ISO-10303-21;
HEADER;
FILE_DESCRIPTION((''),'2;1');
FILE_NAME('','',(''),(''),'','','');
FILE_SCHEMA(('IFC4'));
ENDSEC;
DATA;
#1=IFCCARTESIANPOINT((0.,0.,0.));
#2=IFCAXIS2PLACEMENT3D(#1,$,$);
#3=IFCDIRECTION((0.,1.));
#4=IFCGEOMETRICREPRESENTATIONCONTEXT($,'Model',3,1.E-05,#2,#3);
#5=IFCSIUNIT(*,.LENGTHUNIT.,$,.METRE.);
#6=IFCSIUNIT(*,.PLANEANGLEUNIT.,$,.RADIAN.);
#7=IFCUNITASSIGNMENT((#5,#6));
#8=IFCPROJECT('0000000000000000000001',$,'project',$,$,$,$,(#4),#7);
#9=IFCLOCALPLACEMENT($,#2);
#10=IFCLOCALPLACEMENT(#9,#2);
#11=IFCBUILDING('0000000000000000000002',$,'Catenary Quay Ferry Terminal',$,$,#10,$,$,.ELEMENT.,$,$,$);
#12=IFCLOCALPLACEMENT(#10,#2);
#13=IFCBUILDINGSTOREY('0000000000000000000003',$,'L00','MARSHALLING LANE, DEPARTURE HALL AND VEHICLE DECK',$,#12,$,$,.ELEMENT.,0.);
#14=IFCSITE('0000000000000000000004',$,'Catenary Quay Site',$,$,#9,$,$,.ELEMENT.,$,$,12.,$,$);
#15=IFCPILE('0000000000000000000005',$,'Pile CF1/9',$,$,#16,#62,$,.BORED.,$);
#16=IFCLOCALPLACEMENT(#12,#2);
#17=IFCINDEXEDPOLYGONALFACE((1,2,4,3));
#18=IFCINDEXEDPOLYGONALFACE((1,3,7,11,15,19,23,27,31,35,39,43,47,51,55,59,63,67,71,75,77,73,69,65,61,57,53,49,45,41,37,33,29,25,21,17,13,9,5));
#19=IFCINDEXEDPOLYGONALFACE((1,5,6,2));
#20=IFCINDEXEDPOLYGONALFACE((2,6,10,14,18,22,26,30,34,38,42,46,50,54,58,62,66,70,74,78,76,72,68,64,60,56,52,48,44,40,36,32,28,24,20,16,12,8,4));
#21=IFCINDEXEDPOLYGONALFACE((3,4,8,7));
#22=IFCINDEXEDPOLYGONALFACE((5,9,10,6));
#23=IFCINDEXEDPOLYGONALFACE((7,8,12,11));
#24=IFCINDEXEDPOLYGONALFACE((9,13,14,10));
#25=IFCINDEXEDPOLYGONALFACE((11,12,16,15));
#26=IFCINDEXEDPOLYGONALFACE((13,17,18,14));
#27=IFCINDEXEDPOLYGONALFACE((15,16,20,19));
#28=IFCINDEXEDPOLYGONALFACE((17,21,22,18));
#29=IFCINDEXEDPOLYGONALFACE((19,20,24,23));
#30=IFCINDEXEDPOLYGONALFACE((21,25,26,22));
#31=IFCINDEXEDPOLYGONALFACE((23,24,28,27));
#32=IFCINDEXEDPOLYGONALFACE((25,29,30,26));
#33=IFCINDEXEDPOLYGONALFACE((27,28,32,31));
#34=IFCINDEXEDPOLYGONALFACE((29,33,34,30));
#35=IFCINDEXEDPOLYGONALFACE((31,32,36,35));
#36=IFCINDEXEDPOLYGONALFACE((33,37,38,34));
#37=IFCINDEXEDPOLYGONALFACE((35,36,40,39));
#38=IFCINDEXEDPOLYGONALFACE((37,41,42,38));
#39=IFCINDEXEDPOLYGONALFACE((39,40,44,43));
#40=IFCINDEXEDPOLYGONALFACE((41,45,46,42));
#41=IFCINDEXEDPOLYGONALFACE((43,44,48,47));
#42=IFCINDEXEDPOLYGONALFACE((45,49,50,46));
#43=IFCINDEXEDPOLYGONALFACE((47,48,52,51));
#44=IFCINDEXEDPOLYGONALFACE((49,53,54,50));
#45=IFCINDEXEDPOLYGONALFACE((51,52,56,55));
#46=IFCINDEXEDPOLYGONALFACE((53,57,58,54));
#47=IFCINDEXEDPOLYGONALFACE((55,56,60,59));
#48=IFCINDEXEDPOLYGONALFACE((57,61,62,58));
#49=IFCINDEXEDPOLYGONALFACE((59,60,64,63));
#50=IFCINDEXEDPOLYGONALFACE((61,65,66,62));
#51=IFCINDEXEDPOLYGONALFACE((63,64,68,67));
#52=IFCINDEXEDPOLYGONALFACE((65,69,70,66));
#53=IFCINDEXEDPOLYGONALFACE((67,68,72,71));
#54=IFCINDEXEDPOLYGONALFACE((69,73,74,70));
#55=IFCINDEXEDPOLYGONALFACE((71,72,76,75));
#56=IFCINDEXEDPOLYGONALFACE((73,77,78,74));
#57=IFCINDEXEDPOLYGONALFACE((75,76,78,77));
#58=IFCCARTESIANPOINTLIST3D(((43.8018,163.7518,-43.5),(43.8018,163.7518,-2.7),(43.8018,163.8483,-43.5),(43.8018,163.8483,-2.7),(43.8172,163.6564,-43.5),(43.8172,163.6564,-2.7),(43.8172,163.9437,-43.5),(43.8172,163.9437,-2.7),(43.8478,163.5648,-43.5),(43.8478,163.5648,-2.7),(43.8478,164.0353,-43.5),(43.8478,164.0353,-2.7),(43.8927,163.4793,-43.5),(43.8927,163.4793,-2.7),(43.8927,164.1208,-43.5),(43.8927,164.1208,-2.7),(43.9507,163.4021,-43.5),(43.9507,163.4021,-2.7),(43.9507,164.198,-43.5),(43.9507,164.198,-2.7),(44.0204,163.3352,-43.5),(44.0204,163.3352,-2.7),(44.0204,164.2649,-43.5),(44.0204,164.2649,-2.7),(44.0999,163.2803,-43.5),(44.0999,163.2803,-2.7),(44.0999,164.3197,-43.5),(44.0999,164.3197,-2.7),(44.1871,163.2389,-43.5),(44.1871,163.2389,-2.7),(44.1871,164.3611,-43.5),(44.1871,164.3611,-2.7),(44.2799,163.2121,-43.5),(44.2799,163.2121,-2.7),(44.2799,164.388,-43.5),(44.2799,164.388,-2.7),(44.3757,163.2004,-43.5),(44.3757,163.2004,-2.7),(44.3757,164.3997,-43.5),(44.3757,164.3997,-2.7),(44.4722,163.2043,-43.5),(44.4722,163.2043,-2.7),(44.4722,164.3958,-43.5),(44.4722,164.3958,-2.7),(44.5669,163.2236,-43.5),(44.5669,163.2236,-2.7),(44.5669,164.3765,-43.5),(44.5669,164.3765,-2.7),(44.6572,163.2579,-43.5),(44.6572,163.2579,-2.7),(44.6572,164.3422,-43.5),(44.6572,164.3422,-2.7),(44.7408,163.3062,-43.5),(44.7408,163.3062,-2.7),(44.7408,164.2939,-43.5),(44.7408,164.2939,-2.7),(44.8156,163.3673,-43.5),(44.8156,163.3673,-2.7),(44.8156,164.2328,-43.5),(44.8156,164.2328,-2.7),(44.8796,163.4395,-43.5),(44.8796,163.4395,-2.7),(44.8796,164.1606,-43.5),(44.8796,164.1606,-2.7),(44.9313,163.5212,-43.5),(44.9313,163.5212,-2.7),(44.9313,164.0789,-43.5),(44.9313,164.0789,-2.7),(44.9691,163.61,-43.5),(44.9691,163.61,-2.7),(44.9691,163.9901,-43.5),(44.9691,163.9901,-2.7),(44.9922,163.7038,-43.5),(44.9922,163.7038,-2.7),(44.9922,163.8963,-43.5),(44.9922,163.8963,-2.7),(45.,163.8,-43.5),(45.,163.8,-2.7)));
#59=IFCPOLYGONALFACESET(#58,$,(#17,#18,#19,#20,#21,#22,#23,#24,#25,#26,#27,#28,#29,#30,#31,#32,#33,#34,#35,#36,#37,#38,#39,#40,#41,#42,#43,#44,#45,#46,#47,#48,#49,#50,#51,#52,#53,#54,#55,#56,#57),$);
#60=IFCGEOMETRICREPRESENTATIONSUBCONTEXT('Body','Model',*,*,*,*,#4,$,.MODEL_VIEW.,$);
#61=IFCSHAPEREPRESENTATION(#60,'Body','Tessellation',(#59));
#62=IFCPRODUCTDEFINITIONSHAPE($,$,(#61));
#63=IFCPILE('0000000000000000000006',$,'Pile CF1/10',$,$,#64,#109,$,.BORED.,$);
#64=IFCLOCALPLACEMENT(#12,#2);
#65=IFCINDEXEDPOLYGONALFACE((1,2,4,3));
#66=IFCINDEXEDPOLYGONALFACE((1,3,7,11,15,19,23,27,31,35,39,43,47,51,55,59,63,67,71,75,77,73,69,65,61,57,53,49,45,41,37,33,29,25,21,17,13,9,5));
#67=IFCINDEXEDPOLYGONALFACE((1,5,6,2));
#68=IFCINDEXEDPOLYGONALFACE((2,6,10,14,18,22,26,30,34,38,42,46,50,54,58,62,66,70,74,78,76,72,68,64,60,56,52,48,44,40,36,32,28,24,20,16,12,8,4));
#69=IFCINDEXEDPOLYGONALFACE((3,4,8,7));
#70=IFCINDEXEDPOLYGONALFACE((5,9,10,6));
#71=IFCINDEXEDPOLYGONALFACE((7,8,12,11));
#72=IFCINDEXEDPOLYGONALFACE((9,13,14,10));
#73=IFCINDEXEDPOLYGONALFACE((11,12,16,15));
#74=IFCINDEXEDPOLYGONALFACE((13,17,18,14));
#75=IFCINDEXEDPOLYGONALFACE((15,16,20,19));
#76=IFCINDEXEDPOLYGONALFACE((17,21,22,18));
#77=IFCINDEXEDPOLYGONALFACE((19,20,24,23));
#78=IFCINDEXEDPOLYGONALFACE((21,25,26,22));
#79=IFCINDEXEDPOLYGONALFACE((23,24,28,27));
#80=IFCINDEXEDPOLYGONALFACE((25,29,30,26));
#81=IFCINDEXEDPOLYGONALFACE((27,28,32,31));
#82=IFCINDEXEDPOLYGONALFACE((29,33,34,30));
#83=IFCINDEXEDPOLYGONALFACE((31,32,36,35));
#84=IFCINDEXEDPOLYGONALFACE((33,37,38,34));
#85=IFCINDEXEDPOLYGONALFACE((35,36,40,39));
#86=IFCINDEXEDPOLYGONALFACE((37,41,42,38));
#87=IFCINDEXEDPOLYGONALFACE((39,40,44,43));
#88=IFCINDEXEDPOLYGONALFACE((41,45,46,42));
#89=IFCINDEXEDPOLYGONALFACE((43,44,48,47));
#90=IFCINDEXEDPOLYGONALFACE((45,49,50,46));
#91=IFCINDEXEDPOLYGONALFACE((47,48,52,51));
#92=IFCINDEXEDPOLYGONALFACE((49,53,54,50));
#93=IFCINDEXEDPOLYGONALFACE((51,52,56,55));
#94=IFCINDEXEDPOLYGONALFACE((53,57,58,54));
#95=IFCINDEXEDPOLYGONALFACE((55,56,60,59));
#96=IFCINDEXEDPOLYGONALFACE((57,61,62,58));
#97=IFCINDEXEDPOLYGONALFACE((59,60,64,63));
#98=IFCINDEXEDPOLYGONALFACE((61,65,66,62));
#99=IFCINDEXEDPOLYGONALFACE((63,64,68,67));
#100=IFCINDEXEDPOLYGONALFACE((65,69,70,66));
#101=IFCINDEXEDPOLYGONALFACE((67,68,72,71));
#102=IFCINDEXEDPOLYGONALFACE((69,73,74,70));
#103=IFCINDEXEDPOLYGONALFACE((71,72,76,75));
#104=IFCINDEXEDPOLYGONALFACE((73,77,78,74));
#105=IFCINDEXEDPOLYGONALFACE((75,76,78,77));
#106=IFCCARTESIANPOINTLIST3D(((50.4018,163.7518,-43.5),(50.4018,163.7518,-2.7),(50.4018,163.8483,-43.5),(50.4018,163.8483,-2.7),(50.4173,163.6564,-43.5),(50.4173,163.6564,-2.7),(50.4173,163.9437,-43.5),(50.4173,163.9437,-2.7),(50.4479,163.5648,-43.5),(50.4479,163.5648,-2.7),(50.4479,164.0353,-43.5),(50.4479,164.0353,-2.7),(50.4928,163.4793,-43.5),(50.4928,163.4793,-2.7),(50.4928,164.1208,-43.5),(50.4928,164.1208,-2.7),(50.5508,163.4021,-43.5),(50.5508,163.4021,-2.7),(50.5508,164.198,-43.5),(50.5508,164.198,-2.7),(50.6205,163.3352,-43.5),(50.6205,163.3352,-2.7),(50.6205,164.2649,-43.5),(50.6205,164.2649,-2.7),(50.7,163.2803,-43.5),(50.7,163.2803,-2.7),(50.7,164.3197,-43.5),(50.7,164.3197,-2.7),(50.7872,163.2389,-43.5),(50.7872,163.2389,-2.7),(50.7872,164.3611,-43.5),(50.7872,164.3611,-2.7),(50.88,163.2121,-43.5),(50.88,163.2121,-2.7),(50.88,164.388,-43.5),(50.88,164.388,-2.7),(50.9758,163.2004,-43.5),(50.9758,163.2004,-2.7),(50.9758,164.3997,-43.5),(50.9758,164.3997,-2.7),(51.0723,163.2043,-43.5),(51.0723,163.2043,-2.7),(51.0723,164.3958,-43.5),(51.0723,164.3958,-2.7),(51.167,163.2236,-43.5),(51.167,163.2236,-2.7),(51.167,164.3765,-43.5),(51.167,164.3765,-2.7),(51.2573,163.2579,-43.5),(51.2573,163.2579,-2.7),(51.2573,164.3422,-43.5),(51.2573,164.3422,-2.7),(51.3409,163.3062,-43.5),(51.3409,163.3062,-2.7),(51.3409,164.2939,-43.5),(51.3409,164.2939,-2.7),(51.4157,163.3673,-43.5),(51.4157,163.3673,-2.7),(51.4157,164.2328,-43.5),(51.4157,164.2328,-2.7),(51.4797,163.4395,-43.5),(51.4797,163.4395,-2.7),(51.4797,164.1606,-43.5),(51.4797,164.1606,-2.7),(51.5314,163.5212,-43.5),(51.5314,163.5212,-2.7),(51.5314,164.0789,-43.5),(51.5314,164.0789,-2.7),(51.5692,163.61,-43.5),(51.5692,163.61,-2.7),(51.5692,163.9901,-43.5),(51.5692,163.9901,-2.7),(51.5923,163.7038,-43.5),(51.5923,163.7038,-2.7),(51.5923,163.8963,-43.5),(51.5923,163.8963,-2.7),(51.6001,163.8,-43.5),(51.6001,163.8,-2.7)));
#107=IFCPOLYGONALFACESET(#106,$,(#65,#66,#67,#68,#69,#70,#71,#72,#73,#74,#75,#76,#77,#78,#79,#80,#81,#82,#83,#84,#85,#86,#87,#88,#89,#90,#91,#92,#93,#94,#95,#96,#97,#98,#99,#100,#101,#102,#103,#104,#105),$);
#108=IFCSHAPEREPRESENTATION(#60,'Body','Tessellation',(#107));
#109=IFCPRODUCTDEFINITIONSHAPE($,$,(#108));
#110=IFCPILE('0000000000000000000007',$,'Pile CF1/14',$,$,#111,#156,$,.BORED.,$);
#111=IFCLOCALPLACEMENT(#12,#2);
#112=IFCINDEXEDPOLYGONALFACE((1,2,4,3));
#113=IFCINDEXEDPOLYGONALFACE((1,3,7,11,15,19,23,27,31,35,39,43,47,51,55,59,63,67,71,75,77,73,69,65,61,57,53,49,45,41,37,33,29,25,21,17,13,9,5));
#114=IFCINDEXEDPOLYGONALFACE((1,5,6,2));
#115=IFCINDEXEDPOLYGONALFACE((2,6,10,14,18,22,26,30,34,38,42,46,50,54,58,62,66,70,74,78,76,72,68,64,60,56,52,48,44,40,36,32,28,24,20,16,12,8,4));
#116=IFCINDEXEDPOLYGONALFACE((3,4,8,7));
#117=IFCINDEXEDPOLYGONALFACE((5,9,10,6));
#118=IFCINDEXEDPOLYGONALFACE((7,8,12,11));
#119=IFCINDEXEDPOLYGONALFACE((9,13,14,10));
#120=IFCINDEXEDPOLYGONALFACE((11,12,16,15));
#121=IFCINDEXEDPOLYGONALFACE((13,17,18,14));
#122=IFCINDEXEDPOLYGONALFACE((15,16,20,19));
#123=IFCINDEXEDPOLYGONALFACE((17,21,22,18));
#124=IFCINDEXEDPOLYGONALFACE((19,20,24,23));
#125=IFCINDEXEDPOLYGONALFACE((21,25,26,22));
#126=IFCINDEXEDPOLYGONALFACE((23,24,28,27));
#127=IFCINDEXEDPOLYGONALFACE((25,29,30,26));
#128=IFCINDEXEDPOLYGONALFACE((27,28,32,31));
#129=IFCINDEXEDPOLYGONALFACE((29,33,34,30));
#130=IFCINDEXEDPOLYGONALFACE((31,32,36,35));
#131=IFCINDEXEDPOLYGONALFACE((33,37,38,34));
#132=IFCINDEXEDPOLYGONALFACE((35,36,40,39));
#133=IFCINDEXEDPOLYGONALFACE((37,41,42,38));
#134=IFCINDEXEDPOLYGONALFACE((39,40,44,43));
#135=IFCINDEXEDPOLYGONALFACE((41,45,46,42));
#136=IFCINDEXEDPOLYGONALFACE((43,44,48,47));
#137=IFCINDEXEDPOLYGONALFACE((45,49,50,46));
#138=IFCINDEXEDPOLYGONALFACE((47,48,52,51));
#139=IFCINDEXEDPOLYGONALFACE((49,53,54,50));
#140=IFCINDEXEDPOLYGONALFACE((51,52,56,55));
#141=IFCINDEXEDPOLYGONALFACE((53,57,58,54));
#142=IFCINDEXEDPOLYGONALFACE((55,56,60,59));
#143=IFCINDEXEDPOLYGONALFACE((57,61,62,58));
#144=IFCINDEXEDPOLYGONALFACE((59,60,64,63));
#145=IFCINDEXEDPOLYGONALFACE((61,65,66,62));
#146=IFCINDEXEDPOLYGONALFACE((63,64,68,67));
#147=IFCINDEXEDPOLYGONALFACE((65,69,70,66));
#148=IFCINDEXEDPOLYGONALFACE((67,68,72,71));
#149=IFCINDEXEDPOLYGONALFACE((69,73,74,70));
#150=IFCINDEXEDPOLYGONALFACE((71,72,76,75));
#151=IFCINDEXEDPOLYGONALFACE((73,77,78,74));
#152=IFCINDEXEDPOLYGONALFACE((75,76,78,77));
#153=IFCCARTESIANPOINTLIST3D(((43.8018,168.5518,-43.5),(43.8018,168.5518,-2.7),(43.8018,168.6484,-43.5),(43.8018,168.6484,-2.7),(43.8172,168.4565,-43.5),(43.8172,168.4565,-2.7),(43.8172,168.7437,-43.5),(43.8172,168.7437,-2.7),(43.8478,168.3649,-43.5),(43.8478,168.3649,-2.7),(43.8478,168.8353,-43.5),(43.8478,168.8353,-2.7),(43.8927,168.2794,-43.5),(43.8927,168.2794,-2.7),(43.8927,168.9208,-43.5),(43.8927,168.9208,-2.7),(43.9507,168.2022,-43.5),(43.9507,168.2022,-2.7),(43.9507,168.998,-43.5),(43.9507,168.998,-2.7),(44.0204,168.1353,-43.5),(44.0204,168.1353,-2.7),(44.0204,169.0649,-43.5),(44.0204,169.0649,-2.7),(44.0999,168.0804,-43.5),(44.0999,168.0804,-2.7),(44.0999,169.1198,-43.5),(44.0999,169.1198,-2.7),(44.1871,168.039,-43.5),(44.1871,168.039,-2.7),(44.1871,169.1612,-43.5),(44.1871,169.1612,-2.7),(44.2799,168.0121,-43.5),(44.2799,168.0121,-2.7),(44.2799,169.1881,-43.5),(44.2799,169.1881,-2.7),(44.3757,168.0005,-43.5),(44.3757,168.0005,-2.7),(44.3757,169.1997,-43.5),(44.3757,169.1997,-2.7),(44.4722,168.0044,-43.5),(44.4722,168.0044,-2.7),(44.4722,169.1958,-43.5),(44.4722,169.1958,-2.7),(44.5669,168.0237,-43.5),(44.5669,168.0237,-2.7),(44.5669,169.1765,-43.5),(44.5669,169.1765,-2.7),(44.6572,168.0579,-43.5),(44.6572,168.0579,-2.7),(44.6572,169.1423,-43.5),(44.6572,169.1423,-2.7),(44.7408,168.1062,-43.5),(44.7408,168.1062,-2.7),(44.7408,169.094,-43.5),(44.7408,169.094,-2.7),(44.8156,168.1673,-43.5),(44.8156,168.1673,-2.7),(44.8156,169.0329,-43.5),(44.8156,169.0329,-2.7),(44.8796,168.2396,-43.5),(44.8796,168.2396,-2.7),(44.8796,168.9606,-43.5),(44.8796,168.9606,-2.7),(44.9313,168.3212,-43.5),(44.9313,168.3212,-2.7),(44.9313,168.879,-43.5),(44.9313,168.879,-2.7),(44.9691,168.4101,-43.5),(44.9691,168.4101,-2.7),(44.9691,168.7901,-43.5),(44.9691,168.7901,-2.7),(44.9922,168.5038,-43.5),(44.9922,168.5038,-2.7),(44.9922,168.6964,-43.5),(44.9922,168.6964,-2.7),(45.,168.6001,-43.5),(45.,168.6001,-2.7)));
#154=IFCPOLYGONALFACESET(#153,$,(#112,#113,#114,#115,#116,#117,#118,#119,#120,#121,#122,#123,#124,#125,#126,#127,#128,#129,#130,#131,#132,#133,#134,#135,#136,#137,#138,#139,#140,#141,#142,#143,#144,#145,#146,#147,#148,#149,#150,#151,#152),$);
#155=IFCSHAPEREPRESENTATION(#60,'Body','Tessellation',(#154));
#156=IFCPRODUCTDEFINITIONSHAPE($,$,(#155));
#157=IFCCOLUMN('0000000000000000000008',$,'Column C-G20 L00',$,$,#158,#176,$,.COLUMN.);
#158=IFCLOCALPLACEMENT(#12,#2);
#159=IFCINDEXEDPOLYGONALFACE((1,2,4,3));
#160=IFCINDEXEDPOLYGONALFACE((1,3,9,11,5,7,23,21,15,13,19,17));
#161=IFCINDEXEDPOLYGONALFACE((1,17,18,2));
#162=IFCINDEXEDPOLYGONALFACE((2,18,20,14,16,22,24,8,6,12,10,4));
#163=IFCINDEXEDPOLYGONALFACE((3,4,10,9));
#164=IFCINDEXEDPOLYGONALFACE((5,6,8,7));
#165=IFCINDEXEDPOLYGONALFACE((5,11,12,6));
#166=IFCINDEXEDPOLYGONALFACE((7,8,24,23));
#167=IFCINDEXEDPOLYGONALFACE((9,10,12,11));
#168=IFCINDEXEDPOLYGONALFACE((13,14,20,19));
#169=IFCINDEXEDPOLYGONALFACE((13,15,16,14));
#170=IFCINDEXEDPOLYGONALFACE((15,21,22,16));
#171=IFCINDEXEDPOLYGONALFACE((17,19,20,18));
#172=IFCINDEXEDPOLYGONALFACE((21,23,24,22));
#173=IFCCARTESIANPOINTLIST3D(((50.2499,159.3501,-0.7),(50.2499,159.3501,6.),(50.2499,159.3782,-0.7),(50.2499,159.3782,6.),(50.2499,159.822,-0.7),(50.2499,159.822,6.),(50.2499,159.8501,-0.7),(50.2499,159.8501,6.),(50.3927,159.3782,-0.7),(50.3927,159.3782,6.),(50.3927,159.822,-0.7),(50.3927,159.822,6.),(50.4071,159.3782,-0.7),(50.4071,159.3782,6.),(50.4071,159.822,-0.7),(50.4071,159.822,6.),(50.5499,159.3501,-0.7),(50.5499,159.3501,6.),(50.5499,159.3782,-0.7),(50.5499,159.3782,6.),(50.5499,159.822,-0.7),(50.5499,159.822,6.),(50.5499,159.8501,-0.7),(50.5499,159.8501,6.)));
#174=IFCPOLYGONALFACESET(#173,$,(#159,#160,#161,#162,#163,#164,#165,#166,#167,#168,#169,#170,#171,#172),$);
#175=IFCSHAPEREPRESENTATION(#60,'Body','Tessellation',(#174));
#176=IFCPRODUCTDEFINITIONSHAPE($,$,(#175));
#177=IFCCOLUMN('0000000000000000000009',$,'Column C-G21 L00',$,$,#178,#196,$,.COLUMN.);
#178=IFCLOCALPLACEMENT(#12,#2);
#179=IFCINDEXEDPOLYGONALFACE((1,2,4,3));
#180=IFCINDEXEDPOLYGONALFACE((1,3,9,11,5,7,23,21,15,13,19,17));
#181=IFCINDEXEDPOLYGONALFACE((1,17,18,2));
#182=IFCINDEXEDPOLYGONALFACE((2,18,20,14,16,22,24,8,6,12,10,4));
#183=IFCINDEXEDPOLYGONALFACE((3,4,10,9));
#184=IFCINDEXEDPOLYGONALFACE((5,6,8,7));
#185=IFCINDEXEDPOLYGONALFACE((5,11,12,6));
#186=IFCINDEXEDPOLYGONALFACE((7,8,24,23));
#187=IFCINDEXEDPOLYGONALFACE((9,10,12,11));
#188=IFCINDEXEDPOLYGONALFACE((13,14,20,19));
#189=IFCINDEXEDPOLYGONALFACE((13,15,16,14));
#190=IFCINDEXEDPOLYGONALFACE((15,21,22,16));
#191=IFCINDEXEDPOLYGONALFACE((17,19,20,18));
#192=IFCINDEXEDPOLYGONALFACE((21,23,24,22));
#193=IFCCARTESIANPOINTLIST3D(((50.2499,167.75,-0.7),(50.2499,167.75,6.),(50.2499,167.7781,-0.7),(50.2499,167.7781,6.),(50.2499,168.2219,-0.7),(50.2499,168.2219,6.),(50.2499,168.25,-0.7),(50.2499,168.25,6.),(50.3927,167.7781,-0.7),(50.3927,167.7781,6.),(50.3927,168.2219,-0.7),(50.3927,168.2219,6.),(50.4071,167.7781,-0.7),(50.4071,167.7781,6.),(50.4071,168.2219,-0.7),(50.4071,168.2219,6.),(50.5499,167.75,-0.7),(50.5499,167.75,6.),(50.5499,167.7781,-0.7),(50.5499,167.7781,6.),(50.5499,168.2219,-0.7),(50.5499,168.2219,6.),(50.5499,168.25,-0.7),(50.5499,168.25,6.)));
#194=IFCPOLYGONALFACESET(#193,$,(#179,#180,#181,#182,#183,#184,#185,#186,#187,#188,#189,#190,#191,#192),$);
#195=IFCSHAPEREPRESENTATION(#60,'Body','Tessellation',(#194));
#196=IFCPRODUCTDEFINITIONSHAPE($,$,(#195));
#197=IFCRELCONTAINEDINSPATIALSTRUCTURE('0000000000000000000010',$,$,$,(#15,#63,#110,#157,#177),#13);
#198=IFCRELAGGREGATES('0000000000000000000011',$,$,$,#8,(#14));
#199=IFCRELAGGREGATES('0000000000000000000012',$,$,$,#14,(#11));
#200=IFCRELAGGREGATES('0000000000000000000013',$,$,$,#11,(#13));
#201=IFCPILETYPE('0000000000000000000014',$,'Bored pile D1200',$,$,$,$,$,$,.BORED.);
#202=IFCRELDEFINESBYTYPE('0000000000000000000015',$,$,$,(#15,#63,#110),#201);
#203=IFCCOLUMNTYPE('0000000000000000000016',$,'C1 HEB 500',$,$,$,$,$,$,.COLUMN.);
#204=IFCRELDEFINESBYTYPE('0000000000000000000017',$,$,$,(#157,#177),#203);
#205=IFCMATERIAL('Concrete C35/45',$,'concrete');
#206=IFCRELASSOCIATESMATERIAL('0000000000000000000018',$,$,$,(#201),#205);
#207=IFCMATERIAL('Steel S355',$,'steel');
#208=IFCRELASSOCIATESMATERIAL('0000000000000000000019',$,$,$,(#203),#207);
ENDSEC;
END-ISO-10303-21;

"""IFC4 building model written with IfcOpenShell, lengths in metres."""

from ifc_helpers import new_model, si_unit, direction, frame, origin, origin_2d, place, context, subcontext, project, spatial, circle, i_section, extrude, material, material_profile, profile_set, type_object, element, save


model = new_model("IFC4")

# Units and contexts
model_context = context("Model", 3, precision=1e-05, world=origin(), true_north=direction((0.0, 1.0)))
body_context = subcontext(model_context, "Body", "Model", "MODEL_VIEW")
ifc_project = project(units=[si_unit("LENGTHUNIT", "METRE"), si_unit("PLANEANGLEUNIT", "RADIAN")], contexts=[model_context])

# Site, building, storey
site_placement = place(None, origin())
site = spatial("IfcSite", under=ifc_project, at=site_placement, Name="Catenary Quay Site", CompositionType="ELEMENT", RefElevation=12.0)
building_placement = place(site_placement, origin())
building = spatial("IfcBuilding", under=site, at=building_placement, Name="Catenary Quay Ferry Terminal", CompositionType="ELEMENT")
storey_placement = place(building_placement, origin())
storey = spatial("IfcBuildingStorey", under=building, at=storey_placement, Name="L00", Description="MARSHALLING LANE, DEPARTURE HALL AND VEHICLE DECK", CompositionType="ELEMENT", Elevation=0.0)

# Piles
ifc_material_1 = material(Name="Concrete C35/45", Category="concrete")
ifc_material_profile_1 = material_profile(ifc_material_1, circle(Radius=0.6001, at=origin_2d()), Name="D1200")
ifc_profile_set_1 = profile_set([ifc_material_profile_1], Name="Concrete C35/45")
pile_type = type_object("IfcPileType", Name="Bored pile D1200", PredefinedType="BORED", material=ifc_profile_set_1)
for number, where, z_axis, x_axis, name in (
    (1, (44.3999, 163.8, -2.7), (0.0, 0.0, -1.0), (1.0, 0.0, 0.0), "Pile CF1/9"),
    (2, (51.0, 163.8, -2.7), (0.0, 0.0, -1.0), (1.0, 0.0, 0.0), "Pile CF1/10"),
    (3, (44.3999, 168.6001, -2.7), (0.0, 0.0, -1.0), (1.0, 0.0, 0.0), "Pile CF1/14"),
):
    element("IfcPile", number, at=place(storey_placement, frame(where, z_axis=z_axis, x_axis=x_axis)), inside=storey, type_object=pile_type, Name=name, PredefinedType="BORED", context=body_context, shape_type="SweptSolid", body=[
        extrude(circle(Radius=0.6001, at=origin_2d()), origin(), (0.0, 0.0, 1.0), 40.8),
    ])

# Columns
ifc_material_2 = material(Name="Steel S355", Category="steel")
ifc_material_profile_2 = material_profile(ifc_material_2, i_section(OverallWidth=0.3, OverallDepth=0.5, WebThickness=0.0144, FlangeThickness=0.0281, at=origin_2d()), Name="HEB 500")
ifc_profile_set_2 = profile_set([ifc_material_profile_2], Name="Steel S355")
column_type = type_object("IfcColumnType", Name="C1 HEB 500", PredefinedType="COLUMN", material=ifc_profile_set_2)
for number, where, z_axis, x_axis, name in (
    (4, (50.3999, 159.6001, -0.7), (0.0, 0.0, 1.0), (1.0, 0.0, 0.0), "Column C-G20 L00"),
    (5, (50.3999, 168.0, -0.7), (0.0, 0.0, 1.0), (1.0, 0.0, 0.0), "Column C-G21 L00"),
):
    element("IfcColumn", number, at=place(storey_placement, frame(where, z_axis=z_axis, x_axis=x_axis)), inside=storey, type_object=column_type, Name=name, PredefinedType="COLUMN", context=body_context, shape_type="SweptSolid", body=[
        extrude(i_section(OverallWidth=0.3, OverallDepth=0.5, WebThickness=0.0144, FlangeThickness=0.0281, at=origin_2d()), origin(), (0.0, 0.0, 1.0), 6.7),
    ])

save(model, "model.ifc")
